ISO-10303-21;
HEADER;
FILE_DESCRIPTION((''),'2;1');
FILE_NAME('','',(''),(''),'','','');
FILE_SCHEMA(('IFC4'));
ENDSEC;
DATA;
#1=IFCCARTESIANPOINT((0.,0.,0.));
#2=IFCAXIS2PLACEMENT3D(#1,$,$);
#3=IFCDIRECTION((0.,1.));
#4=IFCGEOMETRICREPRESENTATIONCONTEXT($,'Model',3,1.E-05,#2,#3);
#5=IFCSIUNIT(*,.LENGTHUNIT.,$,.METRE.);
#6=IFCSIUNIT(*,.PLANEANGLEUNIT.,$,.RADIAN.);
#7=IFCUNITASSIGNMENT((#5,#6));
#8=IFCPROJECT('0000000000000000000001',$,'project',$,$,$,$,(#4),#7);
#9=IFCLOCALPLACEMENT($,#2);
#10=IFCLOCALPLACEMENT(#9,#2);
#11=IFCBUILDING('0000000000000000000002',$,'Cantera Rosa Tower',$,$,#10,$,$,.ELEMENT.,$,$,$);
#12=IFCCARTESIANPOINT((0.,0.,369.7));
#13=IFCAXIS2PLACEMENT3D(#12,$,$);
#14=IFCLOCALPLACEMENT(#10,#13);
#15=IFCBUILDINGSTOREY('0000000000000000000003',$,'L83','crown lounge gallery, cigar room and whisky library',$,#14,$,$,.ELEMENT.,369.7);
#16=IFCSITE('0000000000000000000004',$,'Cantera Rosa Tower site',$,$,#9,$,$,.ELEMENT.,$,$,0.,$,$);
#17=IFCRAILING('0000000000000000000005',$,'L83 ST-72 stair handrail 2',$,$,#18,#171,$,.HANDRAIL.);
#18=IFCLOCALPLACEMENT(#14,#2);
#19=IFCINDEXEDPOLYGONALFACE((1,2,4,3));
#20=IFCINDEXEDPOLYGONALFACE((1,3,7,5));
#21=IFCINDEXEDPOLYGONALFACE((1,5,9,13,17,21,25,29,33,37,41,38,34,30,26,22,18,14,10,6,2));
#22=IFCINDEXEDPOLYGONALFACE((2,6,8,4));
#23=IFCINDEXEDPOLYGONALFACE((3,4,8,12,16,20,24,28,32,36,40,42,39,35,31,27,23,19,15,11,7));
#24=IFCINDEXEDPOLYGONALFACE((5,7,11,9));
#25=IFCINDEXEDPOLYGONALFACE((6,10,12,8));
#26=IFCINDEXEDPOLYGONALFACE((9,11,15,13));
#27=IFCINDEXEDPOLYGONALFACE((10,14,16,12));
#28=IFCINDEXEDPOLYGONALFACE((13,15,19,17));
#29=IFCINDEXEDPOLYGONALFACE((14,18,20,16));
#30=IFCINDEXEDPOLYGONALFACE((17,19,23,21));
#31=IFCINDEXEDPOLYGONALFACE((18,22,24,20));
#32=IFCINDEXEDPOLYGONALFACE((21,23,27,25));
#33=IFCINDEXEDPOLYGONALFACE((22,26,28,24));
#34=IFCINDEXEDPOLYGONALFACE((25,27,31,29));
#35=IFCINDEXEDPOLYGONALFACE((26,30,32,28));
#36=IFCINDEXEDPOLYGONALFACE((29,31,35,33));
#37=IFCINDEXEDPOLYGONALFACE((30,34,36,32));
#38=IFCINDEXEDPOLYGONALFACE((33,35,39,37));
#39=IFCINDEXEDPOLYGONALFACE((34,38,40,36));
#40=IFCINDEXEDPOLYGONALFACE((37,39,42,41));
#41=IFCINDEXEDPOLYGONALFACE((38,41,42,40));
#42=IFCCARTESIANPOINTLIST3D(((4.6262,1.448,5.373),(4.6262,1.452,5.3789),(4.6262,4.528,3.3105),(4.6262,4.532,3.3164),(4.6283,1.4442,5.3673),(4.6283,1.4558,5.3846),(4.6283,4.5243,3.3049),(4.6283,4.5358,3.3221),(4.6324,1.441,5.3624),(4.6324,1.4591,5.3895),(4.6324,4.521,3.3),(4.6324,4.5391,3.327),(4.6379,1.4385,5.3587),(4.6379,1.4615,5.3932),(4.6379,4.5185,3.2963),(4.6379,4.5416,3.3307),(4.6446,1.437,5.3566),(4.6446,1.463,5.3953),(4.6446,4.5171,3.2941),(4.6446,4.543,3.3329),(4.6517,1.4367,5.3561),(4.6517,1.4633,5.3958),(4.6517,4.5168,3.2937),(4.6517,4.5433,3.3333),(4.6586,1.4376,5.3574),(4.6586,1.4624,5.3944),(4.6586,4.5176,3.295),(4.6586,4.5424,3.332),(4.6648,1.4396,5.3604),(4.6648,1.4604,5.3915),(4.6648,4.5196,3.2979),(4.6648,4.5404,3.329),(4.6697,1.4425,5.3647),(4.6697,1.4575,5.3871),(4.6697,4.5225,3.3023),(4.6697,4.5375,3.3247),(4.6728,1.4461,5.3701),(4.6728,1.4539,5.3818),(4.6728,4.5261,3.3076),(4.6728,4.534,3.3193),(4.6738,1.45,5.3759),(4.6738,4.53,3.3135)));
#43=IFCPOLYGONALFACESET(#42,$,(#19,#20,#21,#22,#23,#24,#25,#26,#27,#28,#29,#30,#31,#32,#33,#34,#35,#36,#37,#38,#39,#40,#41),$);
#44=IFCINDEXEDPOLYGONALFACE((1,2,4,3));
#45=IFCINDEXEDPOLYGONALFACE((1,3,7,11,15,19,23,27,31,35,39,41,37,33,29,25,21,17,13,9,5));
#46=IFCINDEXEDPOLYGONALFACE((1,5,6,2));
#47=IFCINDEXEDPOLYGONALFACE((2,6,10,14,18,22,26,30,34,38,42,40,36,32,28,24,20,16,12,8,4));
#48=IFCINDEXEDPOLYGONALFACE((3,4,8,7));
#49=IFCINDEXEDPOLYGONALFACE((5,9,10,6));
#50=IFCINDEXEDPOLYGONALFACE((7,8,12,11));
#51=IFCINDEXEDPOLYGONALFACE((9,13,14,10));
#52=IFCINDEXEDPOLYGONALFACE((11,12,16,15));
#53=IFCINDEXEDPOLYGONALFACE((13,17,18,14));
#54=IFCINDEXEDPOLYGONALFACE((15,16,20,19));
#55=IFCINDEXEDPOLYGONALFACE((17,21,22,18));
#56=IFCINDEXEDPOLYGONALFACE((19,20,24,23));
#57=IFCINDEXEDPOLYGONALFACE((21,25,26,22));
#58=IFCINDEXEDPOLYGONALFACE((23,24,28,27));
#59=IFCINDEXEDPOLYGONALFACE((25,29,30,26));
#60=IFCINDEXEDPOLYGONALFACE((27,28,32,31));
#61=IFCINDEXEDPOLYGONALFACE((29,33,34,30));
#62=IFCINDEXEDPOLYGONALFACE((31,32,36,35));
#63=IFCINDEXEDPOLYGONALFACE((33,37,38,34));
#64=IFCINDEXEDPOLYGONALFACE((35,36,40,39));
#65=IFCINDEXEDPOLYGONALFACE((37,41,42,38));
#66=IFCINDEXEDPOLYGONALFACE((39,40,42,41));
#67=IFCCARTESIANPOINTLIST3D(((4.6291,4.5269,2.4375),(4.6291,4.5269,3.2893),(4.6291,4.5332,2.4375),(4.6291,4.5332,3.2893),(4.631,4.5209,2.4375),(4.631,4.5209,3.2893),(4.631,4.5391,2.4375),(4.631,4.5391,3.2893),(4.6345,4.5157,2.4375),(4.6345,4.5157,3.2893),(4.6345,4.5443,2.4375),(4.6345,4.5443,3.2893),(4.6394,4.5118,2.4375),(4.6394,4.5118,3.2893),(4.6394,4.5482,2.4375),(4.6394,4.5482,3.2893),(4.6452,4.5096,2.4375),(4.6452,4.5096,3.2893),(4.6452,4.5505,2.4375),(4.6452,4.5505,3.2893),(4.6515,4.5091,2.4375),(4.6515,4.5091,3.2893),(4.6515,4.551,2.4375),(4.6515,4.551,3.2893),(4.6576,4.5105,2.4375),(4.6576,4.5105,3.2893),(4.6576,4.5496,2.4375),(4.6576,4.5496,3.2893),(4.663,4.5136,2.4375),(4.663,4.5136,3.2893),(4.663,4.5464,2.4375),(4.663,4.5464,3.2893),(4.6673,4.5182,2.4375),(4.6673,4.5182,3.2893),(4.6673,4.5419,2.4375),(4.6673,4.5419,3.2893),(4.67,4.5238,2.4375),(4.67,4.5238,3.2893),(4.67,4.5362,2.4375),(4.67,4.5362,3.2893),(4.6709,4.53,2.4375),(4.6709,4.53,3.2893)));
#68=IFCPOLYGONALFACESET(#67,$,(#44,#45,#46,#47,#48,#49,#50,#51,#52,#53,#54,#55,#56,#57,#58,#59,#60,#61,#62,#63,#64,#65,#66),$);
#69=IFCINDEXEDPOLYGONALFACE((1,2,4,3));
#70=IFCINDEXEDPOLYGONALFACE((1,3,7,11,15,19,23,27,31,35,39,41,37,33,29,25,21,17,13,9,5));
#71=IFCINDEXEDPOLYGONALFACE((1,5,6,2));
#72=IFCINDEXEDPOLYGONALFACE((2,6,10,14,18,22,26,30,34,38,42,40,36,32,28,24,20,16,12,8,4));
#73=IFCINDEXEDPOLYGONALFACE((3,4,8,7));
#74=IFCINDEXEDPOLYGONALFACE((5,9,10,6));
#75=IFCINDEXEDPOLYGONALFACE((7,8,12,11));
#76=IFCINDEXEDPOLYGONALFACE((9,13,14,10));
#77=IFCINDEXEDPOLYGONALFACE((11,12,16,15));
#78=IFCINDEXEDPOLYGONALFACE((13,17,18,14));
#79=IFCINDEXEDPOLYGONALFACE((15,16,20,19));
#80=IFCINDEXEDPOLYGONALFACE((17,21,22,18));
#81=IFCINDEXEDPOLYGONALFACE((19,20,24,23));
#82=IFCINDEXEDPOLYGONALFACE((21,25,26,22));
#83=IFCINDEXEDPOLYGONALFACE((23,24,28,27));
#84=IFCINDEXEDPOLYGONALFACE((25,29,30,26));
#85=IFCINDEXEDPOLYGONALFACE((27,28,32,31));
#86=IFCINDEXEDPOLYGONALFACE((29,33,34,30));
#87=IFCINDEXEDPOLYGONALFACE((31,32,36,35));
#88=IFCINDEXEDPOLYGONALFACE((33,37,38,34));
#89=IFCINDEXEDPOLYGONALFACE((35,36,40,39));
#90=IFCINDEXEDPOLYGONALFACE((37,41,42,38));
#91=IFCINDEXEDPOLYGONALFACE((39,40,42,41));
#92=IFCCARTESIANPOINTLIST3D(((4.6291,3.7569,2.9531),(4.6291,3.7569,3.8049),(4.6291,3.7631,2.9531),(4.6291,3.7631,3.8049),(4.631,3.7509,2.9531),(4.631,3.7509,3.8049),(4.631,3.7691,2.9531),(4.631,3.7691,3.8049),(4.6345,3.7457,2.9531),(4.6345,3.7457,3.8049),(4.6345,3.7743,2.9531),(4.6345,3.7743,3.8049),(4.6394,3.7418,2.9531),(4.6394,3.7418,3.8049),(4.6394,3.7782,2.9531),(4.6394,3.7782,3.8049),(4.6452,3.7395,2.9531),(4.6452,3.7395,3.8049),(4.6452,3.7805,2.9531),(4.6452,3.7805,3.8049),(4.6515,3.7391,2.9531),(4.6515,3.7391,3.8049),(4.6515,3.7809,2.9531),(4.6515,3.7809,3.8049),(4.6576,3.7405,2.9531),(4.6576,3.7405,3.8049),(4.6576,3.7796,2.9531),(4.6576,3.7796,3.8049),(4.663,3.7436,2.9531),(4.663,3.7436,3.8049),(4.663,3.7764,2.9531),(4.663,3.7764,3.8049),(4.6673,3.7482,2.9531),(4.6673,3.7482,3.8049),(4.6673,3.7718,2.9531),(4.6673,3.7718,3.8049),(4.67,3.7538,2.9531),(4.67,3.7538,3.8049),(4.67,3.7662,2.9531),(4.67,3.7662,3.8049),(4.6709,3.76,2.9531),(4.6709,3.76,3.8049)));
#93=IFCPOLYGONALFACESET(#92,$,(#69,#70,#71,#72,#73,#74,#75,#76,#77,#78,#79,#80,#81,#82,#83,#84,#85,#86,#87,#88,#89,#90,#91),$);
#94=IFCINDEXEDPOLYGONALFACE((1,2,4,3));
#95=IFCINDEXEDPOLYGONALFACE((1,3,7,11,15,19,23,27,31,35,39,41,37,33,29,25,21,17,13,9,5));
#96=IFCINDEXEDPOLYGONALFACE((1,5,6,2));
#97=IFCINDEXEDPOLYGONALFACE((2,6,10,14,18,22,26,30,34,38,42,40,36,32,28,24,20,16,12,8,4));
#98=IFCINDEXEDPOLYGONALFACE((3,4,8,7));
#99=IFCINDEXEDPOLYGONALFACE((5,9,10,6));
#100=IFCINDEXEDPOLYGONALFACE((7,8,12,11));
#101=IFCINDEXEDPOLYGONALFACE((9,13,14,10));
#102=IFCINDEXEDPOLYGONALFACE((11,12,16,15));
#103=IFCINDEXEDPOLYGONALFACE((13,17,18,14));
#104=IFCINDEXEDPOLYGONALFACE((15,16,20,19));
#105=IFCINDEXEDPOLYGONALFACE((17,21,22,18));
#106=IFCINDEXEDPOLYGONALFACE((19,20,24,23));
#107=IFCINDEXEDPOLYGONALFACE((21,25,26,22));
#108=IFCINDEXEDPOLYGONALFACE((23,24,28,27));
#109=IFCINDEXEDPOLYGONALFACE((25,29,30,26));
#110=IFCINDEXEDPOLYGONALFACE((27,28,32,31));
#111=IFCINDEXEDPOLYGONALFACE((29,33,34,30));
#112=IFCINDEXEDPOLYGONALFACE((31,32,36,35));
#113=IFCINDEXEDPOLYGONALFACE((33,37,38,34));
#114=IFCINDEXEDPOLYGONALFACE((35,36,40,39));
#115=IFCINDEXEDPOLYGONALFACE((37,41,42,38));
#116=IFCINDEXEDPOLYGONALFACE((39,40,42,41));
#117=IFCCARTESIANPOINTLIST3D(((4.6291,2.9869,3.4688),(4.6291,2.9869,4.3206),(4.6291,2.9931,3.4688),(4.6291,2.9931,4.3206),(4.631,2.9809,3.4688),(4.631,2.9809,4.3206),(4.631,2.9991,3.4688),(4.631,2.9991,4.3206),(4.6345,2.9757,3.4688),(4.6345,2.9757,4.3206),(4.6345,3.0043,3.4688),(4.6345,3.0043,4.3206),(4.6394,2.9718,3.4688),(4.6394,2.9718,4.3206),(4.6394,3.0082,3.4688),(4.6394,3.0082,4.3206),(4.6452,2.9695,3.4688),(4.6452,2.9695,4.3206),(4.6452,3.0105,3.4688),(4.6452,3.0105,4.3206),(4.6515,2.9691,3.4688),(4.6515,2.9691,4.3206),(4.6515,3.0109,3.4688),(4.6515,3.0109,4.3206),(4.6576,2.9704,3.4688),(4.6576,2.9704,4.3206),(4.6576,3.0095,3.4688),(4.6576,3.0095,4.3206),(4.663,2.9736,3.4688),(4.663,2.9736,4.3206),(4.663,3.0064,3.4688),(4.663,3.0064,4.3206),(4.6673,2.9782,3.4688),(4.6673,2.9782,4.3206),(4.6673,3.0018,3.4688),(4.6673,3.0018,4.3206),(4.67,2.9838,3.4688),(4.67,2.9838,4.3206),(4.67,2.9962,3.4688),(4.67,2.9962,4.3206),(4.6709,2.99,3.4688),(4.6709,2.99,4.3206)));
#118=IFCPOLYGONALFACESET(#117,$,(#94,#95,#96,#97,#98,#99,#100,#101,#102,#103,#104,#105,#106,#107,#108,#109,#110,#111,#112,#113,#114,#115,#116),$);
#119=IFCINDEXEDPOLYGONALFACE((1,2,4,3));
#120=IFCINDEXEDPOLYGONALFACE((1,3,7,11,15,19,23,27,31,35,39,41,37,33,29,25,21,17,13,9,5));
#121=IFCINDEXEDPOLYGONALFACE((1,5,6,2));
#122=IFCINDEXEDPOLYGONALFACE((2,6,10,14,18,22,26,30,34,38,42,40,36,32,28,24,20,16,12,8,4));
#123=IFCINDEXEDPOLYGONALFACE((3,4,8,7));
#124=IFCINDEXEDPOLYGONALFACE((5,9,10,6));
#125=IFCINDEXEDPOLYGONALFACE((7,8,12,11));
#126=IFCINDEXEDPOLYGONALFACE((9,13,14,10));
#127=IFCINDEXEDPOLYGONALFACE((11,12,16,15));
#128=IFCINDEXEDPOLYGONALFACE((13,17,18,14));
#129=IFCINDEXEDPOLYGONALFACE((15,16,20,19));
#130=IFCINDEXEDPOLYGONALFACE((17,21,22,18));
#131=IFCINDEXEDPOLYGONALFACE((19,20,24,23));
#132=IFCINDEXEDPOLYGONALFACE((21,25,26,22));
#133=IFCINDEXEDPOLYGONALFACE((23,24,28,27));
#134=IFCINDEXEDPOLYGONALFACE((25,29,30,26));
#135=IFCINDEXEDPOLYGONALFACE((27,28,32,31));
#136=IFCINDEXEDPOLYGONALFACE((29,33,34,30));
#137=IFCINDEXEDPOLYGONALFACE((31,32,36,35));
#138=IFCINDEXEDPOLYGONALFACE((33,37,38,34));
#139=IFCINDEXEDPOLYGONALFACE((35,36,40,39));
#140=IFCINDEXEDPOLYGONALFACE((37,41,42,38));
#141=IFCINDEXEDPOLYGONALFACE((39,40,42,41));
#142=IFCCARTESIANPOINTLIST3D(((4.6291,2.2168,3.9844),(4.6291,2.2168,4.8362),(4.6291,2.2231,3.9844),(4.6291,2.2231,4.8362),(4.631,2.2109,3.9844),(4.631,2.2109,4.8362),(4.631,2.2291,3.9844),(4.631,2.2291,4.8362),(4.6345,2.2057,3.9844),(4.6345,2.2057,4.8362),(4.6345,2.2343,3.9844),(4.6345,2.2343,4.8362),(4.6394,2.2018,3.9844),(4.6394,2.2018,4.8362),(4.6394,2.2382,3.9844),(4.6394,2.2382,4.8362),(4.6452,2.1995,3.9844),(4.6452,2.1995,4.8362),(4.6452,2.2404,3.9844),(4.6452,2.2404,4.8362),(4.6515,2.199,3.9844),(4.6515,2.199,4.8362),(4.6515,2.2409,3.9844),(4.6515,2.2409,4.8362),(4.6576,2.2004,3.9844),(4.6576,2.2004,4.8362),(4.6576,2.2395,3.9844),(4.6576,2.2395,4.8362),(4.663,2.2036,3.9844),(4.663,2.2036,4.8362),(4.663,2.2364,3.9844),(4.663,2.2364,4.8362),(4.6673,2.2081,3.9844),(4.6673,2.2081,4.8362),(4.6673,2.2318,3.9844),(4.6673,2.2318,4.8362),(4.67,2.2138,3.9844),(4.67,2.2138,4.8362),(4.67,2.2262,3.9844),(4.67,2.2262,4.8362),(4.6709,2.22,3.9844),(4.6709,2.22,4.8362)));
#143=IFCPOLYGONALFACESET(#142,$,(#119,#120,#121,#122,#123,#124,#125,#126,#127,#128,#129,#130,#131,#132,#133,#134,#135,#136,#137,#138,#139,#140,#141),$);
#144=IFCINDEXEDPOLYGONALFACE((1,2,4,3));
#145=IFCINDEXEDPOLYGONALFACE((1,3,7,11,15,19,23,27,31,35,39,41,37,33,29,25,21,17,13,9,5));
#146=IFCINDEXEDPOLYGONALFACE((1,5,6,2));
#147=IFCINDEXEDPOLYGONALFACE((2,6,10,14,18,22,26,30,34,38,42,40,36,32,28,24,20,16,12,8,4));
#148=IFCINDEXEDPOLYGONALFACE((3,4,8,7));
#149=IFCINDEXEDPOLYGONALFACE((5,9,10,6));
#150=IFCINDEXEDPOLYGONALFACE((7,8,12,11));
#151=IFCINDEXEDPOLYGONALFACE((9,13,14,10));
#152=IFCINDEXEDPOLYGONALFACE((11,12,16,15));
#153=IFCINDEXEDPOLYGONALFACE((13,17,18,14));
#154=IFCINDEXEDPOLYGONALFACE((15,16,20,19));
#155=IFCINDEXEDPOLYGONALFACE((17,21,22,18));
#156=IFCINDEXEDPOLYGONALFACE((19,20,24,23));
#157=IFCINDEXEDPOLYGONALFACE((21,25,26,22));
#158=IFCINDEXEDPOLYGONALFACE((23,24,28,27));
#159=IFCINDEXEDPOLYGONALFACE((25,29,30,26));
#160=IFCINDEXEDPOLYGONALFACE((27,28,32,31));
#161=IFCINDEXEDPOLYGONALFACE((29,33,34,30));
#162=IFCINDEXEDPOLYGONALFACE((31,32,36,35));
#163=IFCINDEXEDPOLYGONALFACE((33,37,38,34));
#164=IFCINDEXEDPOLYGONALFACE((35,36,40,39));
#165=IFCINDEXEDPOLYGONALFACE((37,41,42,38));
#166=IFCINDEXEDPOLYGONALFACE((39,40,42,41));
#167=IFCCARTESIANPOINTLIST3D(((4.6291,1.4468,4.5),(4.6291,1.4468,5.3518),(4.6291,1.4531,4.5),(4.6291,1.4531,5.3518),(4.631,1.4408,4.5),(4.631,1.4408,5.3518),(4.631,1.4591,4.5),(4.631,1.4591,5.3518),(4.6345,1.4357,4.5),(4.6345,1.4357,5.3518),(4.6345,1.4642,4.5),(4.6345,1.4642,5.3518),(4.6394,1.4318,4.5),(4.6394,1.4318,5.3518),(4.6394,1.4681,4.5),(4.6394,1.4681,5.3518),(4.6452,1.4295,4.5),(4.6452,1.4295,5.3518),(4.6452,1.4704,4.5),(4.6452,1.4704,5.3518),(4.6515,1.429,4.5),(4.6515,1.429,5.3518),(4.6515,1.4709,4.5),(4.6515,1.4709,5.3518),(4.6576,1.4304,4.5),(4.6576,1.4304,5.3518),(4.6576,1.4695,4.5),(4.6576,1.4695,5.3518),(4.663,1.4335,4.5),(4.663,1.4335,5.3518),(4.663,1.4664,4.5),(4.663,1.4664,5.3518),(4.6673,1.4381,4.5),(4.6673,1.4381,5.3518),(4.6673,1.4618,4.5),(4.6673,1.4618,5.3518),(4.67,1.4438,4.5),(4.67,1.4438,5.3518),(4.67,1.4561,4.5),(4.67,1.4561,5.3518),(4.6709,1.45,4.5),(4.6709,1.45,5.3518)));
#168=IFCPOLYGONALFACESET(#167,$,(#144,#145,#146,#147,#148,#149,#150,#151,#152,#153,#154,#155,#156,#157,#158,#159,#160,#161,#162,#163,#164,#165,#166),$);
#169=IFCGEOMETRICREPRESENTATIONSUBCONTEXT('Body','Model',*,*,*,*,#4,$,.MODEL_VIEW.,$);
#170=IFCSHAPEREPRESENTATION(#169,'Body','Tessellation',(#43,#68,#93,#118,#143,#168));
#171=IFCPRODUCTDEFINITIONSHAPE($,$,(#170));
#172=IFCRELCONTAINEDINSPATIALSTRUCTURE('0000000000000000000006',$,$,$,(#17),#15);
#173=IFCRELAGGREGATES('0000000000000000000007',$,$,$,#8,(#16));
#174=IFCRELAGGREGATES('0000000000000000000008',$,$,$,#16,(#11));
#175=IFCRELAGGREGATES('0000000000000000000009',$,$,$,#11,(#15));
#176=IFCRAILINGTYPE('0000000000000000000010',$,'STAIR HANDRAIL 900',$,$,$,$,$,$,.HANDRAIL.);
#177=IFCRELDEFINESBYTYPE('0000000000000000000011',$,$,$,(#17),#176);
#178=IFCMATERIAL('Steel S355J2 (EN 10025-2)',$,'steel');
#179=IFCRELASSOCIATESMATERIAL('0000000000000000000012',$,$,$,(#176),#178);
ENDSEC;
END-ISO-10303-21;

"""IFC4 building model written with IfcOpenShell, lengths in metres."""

from ifc_helpers import new_model, si_unit, direction, frame, origin, origin_2d, place, context, subcontext, project, spatial, circle, extrude, material, type_object, element, save


model = new_model("IFC4")

# Units and contexts
model_context = context("Model", 3, precision=1e-05, world=origin(), true_north=direction((0.0, 1.0)))
body_context = subcontext(model_context, "Body", "Model", "MODEL_VIEW")
ifc_project = project(units=[si_unit("LENGTHUNIT", "METRE"), si_unit("PLANEANGLEUNIT", "RADIAN")], contexts=[model_context])

# Site, building, storey
site_placement = place(None, origin())
site = spatial("IfcSite", under=ifc_project, at=site_placement, Name="Cantera Rosa Tower site", CompositionType="ELEMENT", RefElevation=0.0)
building_placement = place(site_placement, origin())
building = spatial("IfcBuilding", under=site, at=building_placement, Name="Cantera Rosa Tower", CompositionType="ELEMENT")
storey_placement = place(building_placement, frame((0.0, 0.0, 369.7)))
storey = spatial("IfcBuildingStorey", under=building, at=storey_placement, Name="L83", Description="crown lounge gallery, cigar room and whisky library", CompositionType="ELEMENT", Elevation=369.7)

# Railing
ifc_material_1 = material(Name="Steel S355J2 (EN 10025-2)", Category="steel")
railing_type_1 = type_object("IfcRailingType", Name="STAIR HANDRAIL 900", PredefinedType="HANDRAIL", material=ifc_material_1)
railing_1_placement = place(storey_placement, frame((4.6499, 4.53, 2.4375)))
element("IfcRailing", 1, at=railing_1_placement, inside=storey, type_object=railing_type_1, Name="L83 ST-72 stair handrail 2", PredefinedType="HANDRAIL", context=body_context, shape_type="SweptSolid", body=[
    extrude(circle(Radius=0.0239, at=origin_2d()), frame((0.0, 0.0, 0.876), z_axis=(0.0, -0.830914, 0.556401), x_axis=(1.0, 0.0, 0.0)), (0.0, 0.0, 1.0), 3.7068),
    extrude(circle(Radius=0.021, at=origin_2d()), origin(), (0.0, 0.0, 1.0), 0.8518),
    extrude(circle(Radius=0.021, at=origin_2d()), frame((0.0, -0.77, 0.5156)), (0.0, 0.0, 1.0), 0.8518),
    extrude(circle(Radius=0.021, at=origin_2d()), frame((0.0, -1.54, 1.0312)), (0.0, 0.0, 1.0), 0.8518),
    extrude(circle(Radius=0.021, at=origin_2d()), frame((0.0, -2.3101, 1.5469)), (0.0, 0.0, 1.0), 0.8518),
    extrude(circle(Radius=0.021, at=origin_2d()), frame((0.0, -3.0801, 2.0625)), (0.0, 0.0, 1.0), 0.8518),
])

save(model, "model.ifc")
